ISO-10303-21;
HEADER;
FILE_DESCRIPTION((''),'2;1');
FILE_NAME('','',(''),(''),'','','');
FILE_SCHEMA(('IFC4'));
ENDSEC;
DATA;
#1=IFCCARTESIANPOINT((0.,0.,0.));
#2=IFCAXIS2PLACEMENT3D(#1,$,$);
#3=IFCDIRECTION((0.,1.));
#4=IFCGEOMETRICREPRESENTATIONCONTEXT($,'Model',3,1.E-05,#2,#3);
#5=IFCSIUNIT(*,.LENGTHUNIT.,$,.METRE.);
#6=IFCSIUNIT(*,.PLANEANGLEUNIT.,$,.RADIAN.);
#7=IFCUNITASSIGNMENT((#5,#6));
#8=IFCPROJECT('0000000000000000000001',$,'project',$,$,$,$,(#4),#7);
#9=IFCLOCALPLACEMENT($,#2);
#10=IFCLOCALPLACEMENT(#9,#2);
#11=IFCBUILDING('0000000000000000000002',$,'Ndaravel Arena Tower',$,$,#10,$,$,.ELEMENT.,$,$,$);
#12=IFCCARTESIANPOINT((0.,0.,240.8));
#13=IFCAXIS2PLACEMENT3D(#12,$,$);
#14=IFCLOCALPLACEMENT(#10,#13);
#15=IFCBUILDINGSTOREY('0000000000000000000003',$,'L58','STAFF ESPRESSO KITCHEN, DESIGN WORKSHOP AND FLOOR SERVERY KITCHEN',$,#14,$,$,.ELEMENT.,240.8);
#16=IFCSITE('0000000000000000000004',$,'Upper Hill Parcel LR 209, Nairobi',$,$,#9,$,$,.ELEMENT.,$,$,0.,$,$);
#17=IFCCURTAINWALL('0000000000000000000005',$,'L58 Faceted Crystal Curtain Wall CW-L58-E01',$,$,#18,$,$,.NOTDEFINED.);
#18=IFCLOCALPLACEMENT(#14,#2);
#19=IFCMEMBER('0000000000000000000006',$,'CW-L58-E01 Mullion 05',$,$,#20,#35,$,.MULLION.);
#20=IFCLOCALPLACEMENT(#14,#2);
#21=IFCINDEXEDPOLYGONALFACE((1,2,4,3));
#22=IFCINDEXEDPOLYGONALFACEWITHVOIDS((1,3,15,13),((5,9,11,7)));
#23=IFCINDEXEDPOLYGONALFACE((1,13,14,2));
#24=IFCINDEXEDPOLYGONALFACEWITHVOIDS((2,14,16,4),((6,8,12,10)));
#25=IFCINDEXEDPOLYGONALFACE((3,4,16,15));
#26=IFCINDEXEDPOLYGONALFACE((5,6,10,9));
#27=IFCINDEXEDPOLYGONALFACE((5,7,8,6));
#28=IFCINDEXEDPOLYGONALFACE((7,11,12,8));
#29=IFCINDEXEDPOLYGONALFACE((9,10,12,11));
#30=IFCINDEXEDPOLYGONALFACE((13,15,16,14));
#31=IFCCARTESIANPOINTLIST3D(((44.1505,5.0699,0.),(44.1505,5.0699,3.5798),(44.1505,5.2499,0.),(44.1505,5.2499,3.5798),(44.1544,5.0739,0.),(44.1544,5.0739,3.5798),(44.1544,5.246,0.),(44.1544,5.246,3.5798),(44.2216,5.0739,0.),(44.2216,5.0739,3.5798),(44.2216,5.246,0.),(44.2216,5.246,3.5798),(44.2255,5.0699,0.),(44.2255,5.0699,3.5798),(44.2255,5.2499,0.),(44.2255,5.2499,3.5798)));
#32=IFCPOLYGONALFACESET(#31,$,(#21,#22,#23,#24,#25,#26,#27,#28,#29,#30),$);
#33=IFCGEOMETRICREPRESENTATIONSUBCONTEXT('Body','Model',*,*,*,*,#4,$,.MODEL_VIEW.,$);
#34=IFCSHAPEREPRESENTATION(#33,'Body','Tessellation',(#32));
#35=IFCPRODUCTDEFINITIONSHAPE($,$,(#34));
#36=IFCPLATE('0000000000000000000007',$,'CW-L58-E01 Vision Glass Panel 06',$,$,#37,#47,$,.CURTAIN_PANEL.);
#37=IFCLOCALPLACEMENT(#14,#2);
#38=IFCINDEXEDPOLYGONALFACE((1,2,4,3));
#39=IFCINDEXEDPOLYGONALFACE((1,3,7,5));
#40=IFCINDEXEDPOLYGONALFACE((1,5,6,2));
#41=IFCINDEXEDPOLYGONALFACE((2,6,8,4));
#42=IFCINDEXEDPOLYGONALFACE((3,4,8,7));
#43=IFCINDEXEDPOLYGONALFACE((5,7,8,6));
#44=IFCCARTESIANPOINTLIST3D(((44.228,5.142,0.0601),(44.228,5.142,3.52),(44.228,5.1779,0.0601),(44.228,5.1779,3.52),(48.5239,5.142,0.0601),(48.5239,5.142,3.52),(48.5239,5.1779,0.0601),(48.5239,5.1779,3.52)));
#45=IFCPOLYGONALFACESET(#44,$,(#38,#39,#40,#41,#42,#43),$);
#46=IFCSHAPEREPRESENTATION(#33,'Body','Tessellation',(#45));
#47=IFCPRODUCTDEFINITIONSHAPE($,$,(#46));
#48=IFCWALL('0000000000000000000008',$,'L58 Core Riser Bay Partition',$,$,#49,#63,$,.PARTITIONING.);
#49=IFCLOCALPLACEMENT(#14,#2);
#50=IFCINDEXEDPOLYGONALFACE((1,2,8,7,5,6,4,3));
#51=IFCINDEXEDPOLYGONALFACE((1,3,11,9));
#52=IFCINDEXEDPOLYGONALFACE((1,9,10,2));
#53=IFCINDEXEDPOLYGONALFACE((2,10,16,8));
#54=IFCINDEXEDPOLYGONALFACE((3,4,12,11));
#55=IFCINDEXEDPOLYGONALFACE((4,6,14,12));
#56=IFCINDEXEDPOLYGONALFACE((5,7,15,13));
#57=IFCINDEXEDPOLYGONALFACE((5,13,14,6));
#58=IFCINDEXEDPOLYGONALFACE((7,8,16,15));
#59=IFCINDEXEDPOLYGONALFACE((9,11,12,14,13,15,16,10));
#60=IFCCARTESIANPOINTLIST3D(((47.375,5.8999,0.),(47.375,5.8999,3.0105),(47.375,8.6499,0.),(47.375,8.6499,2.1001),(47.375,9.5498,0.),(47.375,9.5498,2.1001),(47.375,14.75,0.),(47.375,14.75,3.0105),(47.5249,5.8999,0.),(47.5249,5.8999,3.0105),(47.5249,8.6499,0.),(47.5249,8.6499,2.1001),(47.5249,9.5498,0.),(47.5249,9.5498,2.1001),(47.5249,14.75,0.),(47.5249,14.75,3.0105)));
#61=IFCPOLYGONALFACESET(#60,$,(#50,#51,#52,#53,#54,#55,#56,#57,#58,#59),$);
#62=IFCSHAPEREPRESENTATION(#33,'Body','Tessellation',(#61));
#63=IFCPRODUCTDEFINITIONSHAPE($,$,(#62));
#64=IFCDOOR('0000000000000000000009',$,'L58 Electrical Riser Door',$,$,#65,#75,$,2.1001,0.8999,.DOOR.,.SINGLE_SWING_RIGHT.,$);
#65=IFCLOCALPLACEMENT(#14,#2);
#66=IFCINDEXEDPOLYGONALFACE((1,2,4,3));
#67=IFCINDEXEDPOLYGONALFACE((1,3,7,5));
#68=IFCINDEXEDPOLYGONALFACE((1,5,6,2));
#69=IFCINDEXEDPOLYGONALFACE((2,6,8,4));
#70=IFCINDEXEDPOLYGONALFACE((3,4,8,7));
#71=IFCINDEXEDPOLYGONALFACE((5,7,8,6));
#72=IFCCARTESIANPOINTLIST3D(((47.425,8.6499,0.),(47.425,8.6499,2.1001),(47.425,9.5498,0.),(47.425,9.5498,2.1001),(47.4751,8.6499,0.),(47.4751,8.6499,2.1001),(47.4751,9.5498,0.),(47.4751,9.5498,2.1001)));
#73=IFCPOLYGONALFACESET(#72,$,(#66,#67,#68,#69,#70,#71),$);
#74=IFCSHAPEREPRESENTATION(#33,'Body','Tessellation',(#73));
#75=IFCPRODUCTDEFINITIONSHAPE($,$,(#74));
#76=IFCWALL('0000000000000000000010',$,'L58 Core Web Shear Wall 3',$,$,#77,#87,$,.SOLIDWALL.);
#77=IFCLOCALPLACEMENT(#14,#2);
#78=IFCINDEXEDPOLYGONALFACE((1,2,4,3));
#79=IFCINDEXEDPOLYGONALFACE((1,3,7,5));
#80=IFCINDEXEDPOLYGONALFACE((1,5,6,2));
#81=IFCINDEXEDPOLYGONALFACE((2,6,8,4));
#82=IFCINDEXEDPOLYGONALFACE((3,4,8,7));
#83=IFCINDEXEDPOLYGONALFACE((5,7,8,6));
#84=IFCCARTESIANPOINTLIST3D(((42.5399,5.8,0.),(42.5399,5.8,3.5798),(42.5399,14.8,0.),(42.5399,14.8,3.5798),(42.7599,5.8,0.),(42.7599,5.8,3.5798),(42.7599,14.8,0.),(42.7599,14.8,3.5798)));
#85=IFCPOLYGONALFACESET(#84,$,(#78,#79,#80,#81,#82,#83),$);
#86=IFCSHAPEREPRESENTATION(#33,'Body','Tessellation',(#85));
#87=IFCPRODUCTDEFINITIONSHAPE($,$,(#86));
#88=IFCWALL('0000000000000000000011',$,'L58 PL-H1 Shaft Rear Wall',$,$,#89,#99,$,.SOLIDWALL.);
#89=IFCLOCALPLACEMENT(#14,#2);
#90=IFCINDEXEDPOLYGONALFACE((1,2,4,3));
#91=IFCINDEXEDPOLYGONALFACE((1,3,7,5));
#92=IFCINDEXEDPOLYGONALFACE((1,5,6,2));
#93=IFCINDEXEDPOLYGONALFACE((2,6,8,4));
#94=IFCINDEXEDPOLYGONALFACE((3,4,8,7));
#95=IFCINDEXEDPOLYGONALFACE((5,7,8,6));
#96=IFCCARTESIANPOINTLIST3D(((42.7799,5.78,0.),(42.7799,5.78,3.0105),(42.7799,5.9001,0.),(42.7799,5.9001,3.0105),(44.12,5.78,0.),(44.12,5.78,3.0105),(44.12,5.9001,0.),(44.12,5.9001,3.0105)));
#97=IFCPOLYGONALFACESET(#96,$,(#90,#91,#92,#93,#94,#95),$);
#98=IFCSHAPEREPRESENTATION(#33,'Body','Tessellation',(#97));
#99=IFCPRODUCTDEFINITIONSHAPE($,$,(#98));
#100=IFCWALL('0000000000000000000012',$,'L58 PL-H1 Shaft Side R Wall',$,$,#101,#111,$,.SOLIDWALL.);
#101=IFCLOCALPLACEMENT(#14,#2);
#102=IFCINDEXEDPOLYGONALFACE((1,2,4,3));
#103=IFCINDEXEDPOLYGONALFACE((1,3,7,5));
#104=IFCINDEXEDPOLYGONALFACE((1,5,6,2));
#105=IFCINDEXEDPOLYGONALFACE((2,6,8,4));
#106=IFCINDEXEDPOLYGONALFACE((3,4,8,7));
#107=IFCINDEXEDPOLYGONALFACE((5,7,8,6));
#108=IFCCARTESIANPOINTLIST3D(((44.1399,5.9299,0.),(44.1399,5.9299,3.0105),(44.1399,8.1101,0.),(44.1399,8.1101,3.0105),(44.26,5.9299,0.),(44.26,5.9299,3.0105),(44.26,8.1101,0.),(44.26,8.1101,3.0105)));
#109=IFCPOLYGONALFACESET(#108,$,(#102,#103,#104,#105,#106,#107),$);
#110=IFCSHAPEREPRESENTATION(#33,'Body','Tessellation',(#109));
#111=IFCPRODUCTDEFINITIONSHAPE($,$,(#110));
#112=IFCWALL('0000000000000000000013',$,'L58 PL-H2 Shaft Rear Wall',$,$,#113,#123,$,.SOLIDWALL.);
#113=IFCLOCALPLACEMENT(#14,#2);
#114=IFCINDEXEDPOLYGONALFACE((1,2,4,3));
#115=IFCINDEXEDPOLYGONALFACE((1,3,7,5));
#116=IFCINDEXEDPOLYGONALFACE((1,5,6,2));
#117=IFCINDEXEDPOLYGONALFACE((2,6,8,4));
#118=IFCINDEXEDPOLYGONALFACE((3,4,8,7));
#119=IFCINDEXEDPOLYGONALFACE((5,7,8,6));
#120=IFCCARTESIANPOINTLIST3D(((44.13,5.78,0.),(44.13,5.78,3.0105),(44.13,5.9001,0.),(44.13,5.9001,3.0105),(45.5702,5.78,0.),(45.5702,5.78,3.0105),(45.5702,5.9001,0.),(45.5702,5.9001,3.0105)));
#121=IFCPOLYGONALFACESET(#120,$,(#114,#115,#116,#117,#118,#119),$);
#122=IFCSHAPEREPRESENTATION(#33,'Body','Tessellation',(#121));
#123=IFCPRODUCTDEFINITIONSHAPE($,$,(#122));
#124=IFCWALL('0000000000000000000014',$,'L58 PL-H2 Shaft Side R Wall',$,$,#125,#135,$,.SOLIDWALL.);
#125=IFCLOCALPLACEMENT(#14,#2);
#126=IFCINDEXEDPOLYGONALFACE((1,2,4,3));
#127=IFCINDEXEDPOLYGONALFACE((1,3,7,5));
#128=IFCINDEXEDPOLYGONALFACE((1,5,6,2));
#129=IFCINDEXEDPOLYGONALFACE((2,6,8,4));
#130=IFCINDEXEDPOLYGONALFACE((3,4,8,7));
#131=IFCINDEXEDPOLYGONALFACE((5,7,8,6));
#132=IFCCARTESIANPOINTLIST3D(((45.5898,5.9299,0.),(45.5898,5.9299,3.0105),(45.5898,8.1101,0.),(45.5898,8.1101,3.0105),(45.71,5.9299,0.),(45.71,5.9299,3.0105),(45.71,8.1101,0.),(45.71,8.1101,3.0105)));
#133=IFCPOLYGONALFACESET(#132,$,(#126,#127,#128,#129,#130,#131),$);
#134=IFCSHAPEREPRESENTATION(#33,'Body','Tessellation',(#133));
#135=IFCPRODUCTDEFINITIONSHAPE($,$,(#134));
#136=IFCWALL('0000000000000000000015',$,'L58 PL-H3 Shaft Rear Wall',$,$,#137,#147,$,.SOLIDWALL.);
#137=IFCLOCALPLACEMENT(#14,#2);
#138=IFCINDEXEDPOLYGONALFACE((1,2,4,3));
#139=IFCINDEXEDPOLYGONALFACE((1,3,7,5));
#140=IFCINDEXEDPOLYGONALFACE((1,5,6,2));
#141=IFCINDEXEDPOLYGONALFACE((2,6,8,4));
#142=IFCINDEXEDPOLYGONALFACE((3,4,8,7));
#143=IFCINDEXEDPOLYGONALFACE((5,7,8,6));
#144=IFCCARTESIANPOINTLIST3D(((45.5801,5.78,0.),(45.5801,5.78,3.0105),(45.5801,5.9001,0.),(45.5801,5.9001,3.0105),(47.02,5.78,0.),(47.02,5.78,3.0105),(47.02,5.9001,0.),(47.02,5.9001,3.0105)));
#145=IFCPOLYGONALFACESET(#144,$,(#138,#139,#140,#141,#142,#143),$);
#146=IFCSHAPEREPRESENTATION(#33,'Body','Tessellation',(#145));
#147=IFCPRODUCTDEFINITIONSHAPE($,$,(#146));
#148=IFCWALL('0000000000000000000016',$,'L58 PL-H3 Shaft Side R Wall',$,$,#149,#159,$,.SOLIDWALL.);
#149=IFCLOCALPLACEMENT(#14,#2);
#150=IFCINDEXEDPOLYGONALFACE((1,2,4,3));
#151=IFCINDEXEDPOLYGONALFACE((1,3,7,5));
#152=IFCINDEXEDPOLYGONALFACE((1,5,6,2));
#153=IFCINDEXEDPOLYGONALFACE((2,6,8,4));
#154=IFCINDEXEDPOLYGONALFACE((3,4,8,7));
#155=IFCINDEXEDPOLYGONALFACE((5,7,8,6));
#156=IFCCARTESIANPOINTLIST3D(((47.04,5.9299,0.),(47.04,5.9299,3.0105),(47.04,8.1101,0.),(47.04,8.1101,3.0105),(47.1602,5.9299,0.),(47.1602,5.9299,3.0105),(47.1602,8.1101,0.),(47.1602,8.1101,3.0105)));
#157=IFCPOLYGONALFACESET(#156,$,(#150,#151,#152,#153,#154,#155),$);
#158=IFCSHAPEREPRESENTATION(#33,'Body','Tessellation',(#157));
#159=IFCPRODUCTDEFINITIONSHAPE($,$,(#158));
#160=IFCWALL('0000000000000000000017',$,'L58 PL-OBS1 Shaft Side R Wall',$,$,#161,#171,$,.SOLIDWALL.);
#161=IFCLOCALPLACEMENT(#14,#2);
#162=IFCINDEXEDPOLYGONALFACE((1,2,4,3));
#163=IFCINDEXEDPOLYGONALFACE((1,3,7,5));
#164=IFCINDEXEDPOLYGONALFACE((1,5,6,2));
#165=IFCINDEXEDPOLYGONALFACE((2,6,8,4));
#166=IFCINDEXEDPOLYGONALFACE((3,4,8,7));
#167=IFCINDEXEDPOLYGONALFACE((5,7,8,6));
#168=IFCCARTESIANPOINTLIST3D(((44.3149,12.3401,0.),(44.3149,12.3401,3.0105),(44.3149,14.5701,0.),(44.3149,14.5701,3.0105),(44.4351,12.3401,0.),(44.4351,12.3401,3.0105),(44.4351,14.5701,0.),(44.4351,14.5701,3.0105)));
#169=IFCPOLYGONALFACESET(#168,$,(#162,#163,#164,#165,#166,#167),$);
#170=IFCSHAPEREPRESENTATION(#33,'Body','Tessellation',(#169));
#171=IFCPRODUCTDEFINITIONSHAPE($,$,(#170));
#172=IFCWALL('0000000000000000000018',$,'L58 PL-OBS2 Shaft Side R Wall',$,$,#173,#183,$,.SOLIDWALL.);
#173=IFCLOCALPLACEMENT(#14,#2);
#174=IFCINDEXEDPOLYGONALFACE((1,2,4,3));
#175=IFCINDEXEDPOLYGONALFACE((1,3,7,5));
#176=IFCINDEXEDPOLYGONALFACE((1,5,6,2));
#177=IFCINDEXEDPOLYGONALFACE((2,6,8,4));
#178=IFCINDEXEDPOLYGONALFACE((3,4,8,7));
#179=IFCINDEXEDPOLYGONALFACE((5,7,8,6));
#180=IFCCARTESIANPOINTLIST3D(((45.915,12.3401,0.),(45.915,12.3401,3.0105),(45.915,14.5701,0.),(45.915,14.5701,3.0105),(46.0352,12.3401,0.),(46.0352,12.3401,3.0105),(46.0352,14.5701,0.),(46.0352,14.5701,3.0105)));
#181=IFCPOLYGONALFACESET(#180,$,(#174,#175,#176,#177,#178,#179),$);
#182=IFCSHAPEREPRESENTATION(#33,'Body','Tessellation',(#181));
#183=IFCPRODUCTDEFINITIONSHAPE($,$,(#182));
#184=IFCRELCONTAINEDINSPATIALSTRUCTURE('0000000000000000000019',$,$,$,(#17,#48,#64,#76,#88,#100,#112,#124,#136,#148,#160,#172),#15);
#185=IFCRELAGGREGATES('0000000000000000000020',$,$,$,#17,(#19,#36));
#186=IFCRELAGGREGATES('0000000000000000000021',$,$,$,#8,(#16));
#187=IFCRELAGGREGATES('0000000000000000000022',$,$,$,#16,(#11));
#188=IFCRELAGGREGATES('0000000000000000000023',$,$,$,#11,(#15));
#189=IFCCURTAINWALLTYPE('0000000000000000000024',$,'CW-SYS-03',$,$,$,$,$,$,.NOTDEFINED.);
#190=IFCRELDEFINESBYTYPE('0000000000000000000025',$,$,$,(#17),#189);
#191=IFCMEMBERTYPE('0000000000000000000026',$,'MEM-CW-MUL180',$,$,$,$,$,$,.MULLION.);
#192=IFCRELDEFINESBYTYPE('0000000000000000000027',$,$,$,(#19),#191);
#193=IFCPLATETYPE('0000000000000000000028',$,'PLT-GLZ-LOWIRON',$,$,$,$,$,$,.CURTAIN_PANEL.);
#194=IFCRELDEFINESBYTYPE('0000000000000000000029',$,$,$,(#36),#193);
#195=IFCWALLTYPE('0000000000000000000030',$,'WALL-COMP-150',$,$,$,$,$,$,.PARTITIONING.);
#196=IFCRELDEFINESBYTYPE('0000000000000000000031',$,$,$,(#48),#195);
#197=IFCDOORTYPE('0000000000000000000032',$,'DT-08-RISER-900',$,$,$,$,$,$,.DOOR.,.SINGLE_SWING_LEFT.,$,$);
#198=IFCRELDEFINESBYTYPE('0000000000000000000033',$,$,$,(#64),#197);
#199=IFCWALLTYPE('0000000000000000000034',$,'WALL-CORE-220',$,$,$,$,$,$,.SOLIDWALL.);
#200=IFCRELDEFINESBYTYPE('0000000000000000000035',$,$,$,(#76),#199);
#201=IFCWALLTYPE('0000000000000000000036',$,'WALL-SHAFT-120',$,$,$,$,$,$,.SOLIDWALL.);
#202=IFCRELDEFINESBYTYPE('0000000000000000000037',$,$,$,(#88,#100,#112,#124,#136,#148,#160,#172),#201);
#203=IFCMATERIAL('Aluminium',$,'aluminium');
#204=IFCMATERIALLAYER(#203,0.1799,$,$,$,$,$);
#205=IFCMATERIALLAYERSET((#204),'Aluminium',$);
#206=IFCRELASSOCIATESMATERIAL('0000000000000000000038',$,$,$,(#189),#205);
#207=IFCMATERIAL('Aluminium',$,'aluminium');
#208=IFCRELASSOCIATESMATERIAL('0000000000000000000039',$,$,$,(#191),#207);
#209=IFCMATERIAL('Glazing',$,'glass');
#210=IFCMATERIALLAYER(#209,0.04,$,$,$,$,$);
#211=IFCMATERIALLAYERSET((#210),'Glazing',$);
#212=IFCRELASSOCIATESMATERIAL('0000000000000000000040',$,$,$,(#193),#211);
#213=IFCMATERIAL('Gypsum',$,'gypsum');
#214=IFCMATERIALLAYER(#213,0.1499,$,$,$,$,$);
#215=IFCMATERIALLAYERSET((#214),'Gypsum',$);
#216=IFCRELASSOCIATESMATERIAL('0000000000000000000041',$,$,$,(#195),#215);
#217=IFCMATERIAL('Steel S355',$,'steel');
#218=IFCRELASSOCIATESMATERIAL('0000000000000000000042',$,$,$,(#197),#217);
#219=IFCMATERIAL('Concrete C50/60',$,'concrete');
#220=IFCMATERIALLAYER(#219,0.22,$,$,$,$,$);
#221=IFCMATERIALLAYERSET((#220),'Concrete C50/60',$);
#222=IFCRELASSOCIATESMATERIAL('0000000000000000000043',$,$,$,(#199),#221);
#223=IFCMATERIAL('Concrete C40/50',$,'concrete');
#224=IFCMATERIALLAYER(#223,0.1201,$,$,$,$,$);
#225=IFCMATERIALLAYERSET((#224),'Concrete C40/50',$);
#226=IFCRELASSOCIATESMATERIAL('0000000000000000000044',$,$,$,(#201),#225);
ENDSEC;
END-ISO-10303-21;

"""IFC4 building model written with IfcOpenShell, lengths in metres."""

from ifc_helpers import new_model, si_unit, direction, frame, frame_2d, origin, origin_2d, place, context, subcontext, project, spatial, rectangle, hollow_rectangle, extrude, material, layer, layer_set, material_profile, profile_set, type_object, element, fill, aggregate, save


model = new_model("IFC4")

# Units and contexts
model_context = context("Model", 3, precision=1e-05, world=origin(), true_north=direction((0.0, 1.0)))
body_context = subcontext(model_context, "Body", "Model", "MODEL_VIEW")
ifc_project = project(units=[si_unit("LENGTHUNIT", "METRE"), si_unit("PLANEANGLEUNIT", "RADIAN")], contexts=[model_context])

# Site, building, storey
site_placement = place(None, origin())
site = spatial("IfcSite", under=ifc_project, at=site_placement, Name="Upper Hill Parcel LR 209, Nairobi", CompositionType="ELEMENT", RefElevation=0.0)
building_placement = place(site_placement, origin())
building = spatial("IfcBuilding", under=site, at=building_placement, Name="Ndaravel Arena Tower", CompositionType="ELEMENT")
storey_placement = place(building_placement, frame((0.0, 0.0, 240.8)))
storey = spatial("IfcBuildingStorey", under=building, at=storey_placement, Name="L58", Description="STAFF ESPRESSO KITCHEN, DESIGN WORKSHOP AND FLOOR SERVERY KITCHEN", CompositionType="ELEMENT", Elevation=240.8)

# Curtain wall, member, plate
ifc_material_1 = material(Name="Aluminium", Category="aluminium")
ifc_layer_1 = layer(ifc_material_1, 0.1799)
ifc_layer_set_1 = layer_set([ifc_layer_1], Name="Aluminium")
curtain_wall_type = type_object("IfcCurtainWallType", Name="CW-SYS-03", PredefinedType="NOTDEFINED", material=ifc_layer_set_1)
curtain_wall_placement = place(storey_placement, origin())
curtain_wall = element("IfcCurtainWall", 1, at=curtain_wall_placement, inside=storey, type_object=curtain_wall_type, Name="L58 Faceted Crystal Curtain Wall CW-L58-E01", PredefinedType="NOTDEFINED")
ifc_material_2 = material(Name="Aluminium", Category="aluminium")
ifc_material_profile = material_profile(ifc_material_2, hollow_rectangle(XDim=0.075, YDim=0.1799, WallThickness=0.0039, at=origin_2d()), Name="CW MULLION 75x180x4")
ifc_profile_set = profile_set([ifc_material_profile], Name="Aluminium")
member_type = type_object("IfcMemberType", Name="MEM-CW-MUL180", PredefinedType="MULLION", material=ifc_profile_set)
member_placement = place(storey_placement, frame((44.188, 5.1599, 0.0), z_axis=(0.0, 0.0, 1.0), x_axis=(1.0, 0.0, 0.0)))
member = element("IfcMember", 2, at=member_placement, type_object=member_type, Name="CW-L58-E01 Mullion 05", PredefinedType="MULLION", context=body_context, shape_type="SweptSolid", body=[
    extrude(hollow_rectangle(XDim=0.075, YDim=0.1799, WallThickness=0.0039, at=origin_2d()), origin(), (0.0, 0.0, 1.0), 3.5798),
])
ifc_material_3 = material(Name="Glazing", Category="glass")
ifc_layer_2 = layer(ifc_material_3, 0.04)
ifc_layer_set_2 = layer_set([ifc_layer_2], Name="Glazing")
plate_type = type_object("IfcPlateType", Name="PLT-GLZ-LOWIRON", PredefinedType="CURTAIN_PANEL", material=ifc_layer_set_2)
plate_placement = place(storey_placement, frame((46.376, 5.1599, 0.0601), z_axis=(0.0, 0.0, 1.0), x_axis=(1.0, 0.0, 0.0)))
plate = element("IfcPlate", 3, at=plate_placement, type_object=plate_type, Name="CW-L58-E01 Vision Glass Panel 06", PredefinedType="CURTAIN_PANEL", context=body_context, shape_type="SweptSolid", body=[
    extrude(rectangle(XDim=4.2959, YDim=0.0359, at=origin_2d()), origin(), (0.0, 0.0, 1.0), 3.46),
])
aggregate(curtain_wall, [member, plate])

# Wall, opening, door
ifc_material_4 = material(Name="Gypsum", Category="gypsum")
ifc_layer_3 = layer(ifc_material_4, 0.1499)
ifc_layer_set_3 = layer_set([ifc_layer_3], Name="Gypsum")
wall_type_1 = type_object("IfcWallType", Name="WALL-COMP-150", PredefinedType="PARTITIONING", material=ifc_layer_set_3)
wall_1_placement = place(storey_placement, frame((47.45, 5.8999, 0.0), z_axis=(0.0, 0.0, 1.0), x_axis=(0.0, 1.0, 0.0)))
wall_1 = element("IfcWall", 4, at=wall_1_placement, inside=storey, type_object=wall_type_1, Name="L58 Core Riser Bay Partition", PredefinedType="PARTITIONING", context=body_context, shape_type="SweptSolid", body=[
    extrude(rectangle(XDim=8.8501, YDim=0.1499, at=frame_2d((4.425, 0.0))), origin(), (0.0, 0.0, 1.0), 3.0105),
])
opening_1_placement = place(wall_1_placement, frame((2.75, 0.0, 0.0)))
opening_1 = element("IfcOpeningElement", 5, at=opening_1_placement, cuts=wall_1, PredefinedType="OPENING", context=body_context, shape_type="SweptSolid", body=[
    extrude(rectangle(XDim=0.8999, YDim=2.1001, at=frame_2d((0.45, 1.05))), frame((0.0, 0.075, 0.0), z_axis=(0.0, -1.0, 0.0), x_axis=(1.0, 0.0, 0.0)), (0.0, 0.0, 1.0), 0.1499),
])
ifc_material_5 = material(Name="Steel S355", Category="steel")
door_type_1 = type_object("IfcDoorType", Name="DT-08-RISER-900", OperationType="SINGLE_SWING_LEFT", PredefinedType="DOOR", material=ifc_material_5)
door_1_placement = place(opening_1_placement, origin())
door_1 = element("IfcDoor", 6, at=door_1_placement, inside=storey, type_object=door_type_1, Name="L58 Electrical Riser Door", OperationType="SINGLE_SWING_RIGHT", OverallHeight=2.1001, OverallWidth=0.8999, PredefinedType="DOOR", context=body_context, shape_type="SweptSolid", body=[
    extrude(rectangle(XDim=0.8999, YDim=2.1001, at=frame_2d((0.45, 1.05))), frame((0.0, 0.0249, 0.0), z_axis=(0.0, -1.0, 0.0), x_axis=(1.0, 0.0, 0.0)), (0.0, 0.0, 1.0), 0.05),
])
fill(opening_1, door_1)

# Walls
ifc_material_6 = material(Name="Concrete C50/60", Category="concrete")
ifc_layer_4 = layer(ifc_material_6, 0.22)
ifc_layer_set_4 = layer_set([ifc_layer_4], Name="Concrete C50/60")
wall_type_2 = type_object("IfcWallType", Name="WALL-CORE-220", PredefinedType="SOLIDWALL", material=ifc_layer_set_4)
wall_2_placement = place(storey_placement, frame((42.6499, 5.8, 0.0), z_axis=(0.0, 0.0, 1.0), x_axis=(0.0, 1.0, 0.0)))
element("IfcWall", 7, at=wall_2_placement, inside=storey, type_object=wall_type_2, Name="L58 Core Web Shear Wall 3", PredefinedType="SOLIDWALL", context=body_context, shape_type="SweptSolid", body=[
    extrude(rectangle(XDim=9.0, YDim=0.22, at=frame_2d((4.5, 0.0))), origin(), (0.0, 0.0, 1.0), 3.5798),
])
ifc_material_7 = material(Name="Concrete C40/50", Category="concrete")
ifc_layer_5 = layer(ifc_material_7, 0.1201)
ifc_layer_set_5 = layer_set([ifc_layer_5], Name="Concrete C40/50")
wall_type_3 = type_object("IfcWallType", Name="WALL-SHAFT-120", PredefinedType="SOLIDWALL", material=ifc_layer_set_5)
wall_3_placement = place(storey_placement, frame((42.78, 5.8401, 0.0), z_axis=(0.0, 0.0, 1.0), x_axis=(1.0, 0.0, 0.0)))
element("IfcWall", 8, at=wall_3_placement, inside=storey, type_object=wall_type_3, Name="L58 PL-H1 Shaft Rear Wall", PredefinedType="SOLIDWALL", context=body_context, shape_type="SweptSolid", body=[
    extrude(rectangle(XDim=1.3401, YDim=0.1201, at=frame_2d((0.6699, 0.0))), origin(), (0.0, 0.0, 1.0), 3.0105),
])
wall_4_placement = place(storey_placement, frame((44.2, 5.9299, 0.0), z_axis=(0.0, 0.0, 1.0), x_axis=(0.0, 1.0, 0.0)))
element("IfcWall", 9, at=wall_4_placement, inside=storey, type_object=wall_type_3, Name="L58 PL-H1 Shaft Side R Wall", PredefinedType="SOLIDWALL", context=body_context, shape_type="SweptSolid", body=[
    extrude(rectangle(XDim=2.1802, YDim=0.1201, at=frame_2d((1.0901, 0.0))), origin(), (0.0, 0.0, 1.0), 3.0105),
])
wall_5_placement = place(storey_placement, frame((44.1299, 5.8401, 0.0), z_axis=(0.0, 0.0, 1.0), x_axis=(1.0, 0.0, 0.0)))
element("IfcWall", 10, at=wall_5_placement, inside=storey, type_object=wall_type_3, Name="L58 PL-H2 Shaft Rear Wall", PredefinedType="SOLIDWALL", context=body_context, shape_type="SweptSolid", body=[
    extrude(rectangle(XDim=1.4402, YDim=0.1201, at=frame_2d((0.7202, 0.0))), origin(), (0.0, 0.0, 1.0), 3.0105),
])
wall_6_placement = place(storey_placement, frame((45.6499, 5.9299, 0.0), z_axis=(0.0, 0.0, 1.0), x_axis=(0.0, 1.0, 0.0)))
element("IfcWall", 11, at=wall_6_placement, inside=storey, type_object=wall_type_3, Name="L58 PL-H2 Shaft Side R Wall", PredefinedType="SOLIDWALL", context=body_context, shape_type="SweptSolid", body=[
    extrude(rectangle(XDim=2.1802, YDim=0.1201, at=frame_2d((1.0901, 0.0))), origin(), (0.0, 0.0, 1.0), 3.0105),
])
wall_7_placement = place(storey_placement, frame((45.5801, 5.8401, 0.0), z_axis=(0.0, 0.0, 1.0), x_axis=(1.0, 0.0, 0.0)))
element("IfcWall", 12, at=wall_7_placement, inside=storey, type_object=wall_type_3, Name="L58 PL-H3 Shaft Rear Wall", PredefinedType="SOLIDWALL", context=body_context, shape_type="SweptSolid", body=[
    extrude(rectangle(XDim=1.4399, YDim=0.1201, at=frame_2d((0.72, 0.0))), origin(), (0.0, 0.0, 1.0), 3.0105),
])
wall_8_placement = place(storey_placement, frame((47.1001, 5.9299, 0.0), z_axis=(0.0, 0.0, 1.0), x_axis=(0.0, 1.0, 0.0)))
element("IfcWall", 13, at=wall_8_placement, inside=storey, type_object=wall_type_3, Name="L58 PL-H3 Shaft Side R Wall", PredefinedType="SOLIDWALL", context=body_context, shape_type="SweptSolid", body=[
    extrude(rectangle(XDim=2.1802, YDim=0.1201, at=frame_2d((1.0901, 0.0))), origin(), (0.0, 0.0, 1.0), 3.0105),
])
for number, where, z_axis, x_axis, name in (
    (14, (44.375, 12.3401, 0.0), (0.0, 0.0, 1.0), (0.0, 1.0, 0.0), "L58 PL-OBS1 Shaft Side R Wall"),
    (15, (45.9751, 12.3401, 0.0), (0.0, 0.0, 1.0), (0.0, 1.0, 0.0), "L58 PL-OBS2 Shaft Side R Wall"),
):
    element("IfcWall", number, at=place(storey_placement, frame(where, z_axis=z_axis, x_axis=x_axis)), inside=storey, type_object=wall_type_3, Name=name, PredefinedType="SOLIDWALL", context=body_context, shape_type="SweptSolid", body=[
        extrude(rectangle(XDim=2.23, YDim=0.1201, at=frame_2d((1.115, 0.0))), origin(), (0.0, 0.0, 1.0), 3.0105),
    ])

save(model, "model.ifc")
